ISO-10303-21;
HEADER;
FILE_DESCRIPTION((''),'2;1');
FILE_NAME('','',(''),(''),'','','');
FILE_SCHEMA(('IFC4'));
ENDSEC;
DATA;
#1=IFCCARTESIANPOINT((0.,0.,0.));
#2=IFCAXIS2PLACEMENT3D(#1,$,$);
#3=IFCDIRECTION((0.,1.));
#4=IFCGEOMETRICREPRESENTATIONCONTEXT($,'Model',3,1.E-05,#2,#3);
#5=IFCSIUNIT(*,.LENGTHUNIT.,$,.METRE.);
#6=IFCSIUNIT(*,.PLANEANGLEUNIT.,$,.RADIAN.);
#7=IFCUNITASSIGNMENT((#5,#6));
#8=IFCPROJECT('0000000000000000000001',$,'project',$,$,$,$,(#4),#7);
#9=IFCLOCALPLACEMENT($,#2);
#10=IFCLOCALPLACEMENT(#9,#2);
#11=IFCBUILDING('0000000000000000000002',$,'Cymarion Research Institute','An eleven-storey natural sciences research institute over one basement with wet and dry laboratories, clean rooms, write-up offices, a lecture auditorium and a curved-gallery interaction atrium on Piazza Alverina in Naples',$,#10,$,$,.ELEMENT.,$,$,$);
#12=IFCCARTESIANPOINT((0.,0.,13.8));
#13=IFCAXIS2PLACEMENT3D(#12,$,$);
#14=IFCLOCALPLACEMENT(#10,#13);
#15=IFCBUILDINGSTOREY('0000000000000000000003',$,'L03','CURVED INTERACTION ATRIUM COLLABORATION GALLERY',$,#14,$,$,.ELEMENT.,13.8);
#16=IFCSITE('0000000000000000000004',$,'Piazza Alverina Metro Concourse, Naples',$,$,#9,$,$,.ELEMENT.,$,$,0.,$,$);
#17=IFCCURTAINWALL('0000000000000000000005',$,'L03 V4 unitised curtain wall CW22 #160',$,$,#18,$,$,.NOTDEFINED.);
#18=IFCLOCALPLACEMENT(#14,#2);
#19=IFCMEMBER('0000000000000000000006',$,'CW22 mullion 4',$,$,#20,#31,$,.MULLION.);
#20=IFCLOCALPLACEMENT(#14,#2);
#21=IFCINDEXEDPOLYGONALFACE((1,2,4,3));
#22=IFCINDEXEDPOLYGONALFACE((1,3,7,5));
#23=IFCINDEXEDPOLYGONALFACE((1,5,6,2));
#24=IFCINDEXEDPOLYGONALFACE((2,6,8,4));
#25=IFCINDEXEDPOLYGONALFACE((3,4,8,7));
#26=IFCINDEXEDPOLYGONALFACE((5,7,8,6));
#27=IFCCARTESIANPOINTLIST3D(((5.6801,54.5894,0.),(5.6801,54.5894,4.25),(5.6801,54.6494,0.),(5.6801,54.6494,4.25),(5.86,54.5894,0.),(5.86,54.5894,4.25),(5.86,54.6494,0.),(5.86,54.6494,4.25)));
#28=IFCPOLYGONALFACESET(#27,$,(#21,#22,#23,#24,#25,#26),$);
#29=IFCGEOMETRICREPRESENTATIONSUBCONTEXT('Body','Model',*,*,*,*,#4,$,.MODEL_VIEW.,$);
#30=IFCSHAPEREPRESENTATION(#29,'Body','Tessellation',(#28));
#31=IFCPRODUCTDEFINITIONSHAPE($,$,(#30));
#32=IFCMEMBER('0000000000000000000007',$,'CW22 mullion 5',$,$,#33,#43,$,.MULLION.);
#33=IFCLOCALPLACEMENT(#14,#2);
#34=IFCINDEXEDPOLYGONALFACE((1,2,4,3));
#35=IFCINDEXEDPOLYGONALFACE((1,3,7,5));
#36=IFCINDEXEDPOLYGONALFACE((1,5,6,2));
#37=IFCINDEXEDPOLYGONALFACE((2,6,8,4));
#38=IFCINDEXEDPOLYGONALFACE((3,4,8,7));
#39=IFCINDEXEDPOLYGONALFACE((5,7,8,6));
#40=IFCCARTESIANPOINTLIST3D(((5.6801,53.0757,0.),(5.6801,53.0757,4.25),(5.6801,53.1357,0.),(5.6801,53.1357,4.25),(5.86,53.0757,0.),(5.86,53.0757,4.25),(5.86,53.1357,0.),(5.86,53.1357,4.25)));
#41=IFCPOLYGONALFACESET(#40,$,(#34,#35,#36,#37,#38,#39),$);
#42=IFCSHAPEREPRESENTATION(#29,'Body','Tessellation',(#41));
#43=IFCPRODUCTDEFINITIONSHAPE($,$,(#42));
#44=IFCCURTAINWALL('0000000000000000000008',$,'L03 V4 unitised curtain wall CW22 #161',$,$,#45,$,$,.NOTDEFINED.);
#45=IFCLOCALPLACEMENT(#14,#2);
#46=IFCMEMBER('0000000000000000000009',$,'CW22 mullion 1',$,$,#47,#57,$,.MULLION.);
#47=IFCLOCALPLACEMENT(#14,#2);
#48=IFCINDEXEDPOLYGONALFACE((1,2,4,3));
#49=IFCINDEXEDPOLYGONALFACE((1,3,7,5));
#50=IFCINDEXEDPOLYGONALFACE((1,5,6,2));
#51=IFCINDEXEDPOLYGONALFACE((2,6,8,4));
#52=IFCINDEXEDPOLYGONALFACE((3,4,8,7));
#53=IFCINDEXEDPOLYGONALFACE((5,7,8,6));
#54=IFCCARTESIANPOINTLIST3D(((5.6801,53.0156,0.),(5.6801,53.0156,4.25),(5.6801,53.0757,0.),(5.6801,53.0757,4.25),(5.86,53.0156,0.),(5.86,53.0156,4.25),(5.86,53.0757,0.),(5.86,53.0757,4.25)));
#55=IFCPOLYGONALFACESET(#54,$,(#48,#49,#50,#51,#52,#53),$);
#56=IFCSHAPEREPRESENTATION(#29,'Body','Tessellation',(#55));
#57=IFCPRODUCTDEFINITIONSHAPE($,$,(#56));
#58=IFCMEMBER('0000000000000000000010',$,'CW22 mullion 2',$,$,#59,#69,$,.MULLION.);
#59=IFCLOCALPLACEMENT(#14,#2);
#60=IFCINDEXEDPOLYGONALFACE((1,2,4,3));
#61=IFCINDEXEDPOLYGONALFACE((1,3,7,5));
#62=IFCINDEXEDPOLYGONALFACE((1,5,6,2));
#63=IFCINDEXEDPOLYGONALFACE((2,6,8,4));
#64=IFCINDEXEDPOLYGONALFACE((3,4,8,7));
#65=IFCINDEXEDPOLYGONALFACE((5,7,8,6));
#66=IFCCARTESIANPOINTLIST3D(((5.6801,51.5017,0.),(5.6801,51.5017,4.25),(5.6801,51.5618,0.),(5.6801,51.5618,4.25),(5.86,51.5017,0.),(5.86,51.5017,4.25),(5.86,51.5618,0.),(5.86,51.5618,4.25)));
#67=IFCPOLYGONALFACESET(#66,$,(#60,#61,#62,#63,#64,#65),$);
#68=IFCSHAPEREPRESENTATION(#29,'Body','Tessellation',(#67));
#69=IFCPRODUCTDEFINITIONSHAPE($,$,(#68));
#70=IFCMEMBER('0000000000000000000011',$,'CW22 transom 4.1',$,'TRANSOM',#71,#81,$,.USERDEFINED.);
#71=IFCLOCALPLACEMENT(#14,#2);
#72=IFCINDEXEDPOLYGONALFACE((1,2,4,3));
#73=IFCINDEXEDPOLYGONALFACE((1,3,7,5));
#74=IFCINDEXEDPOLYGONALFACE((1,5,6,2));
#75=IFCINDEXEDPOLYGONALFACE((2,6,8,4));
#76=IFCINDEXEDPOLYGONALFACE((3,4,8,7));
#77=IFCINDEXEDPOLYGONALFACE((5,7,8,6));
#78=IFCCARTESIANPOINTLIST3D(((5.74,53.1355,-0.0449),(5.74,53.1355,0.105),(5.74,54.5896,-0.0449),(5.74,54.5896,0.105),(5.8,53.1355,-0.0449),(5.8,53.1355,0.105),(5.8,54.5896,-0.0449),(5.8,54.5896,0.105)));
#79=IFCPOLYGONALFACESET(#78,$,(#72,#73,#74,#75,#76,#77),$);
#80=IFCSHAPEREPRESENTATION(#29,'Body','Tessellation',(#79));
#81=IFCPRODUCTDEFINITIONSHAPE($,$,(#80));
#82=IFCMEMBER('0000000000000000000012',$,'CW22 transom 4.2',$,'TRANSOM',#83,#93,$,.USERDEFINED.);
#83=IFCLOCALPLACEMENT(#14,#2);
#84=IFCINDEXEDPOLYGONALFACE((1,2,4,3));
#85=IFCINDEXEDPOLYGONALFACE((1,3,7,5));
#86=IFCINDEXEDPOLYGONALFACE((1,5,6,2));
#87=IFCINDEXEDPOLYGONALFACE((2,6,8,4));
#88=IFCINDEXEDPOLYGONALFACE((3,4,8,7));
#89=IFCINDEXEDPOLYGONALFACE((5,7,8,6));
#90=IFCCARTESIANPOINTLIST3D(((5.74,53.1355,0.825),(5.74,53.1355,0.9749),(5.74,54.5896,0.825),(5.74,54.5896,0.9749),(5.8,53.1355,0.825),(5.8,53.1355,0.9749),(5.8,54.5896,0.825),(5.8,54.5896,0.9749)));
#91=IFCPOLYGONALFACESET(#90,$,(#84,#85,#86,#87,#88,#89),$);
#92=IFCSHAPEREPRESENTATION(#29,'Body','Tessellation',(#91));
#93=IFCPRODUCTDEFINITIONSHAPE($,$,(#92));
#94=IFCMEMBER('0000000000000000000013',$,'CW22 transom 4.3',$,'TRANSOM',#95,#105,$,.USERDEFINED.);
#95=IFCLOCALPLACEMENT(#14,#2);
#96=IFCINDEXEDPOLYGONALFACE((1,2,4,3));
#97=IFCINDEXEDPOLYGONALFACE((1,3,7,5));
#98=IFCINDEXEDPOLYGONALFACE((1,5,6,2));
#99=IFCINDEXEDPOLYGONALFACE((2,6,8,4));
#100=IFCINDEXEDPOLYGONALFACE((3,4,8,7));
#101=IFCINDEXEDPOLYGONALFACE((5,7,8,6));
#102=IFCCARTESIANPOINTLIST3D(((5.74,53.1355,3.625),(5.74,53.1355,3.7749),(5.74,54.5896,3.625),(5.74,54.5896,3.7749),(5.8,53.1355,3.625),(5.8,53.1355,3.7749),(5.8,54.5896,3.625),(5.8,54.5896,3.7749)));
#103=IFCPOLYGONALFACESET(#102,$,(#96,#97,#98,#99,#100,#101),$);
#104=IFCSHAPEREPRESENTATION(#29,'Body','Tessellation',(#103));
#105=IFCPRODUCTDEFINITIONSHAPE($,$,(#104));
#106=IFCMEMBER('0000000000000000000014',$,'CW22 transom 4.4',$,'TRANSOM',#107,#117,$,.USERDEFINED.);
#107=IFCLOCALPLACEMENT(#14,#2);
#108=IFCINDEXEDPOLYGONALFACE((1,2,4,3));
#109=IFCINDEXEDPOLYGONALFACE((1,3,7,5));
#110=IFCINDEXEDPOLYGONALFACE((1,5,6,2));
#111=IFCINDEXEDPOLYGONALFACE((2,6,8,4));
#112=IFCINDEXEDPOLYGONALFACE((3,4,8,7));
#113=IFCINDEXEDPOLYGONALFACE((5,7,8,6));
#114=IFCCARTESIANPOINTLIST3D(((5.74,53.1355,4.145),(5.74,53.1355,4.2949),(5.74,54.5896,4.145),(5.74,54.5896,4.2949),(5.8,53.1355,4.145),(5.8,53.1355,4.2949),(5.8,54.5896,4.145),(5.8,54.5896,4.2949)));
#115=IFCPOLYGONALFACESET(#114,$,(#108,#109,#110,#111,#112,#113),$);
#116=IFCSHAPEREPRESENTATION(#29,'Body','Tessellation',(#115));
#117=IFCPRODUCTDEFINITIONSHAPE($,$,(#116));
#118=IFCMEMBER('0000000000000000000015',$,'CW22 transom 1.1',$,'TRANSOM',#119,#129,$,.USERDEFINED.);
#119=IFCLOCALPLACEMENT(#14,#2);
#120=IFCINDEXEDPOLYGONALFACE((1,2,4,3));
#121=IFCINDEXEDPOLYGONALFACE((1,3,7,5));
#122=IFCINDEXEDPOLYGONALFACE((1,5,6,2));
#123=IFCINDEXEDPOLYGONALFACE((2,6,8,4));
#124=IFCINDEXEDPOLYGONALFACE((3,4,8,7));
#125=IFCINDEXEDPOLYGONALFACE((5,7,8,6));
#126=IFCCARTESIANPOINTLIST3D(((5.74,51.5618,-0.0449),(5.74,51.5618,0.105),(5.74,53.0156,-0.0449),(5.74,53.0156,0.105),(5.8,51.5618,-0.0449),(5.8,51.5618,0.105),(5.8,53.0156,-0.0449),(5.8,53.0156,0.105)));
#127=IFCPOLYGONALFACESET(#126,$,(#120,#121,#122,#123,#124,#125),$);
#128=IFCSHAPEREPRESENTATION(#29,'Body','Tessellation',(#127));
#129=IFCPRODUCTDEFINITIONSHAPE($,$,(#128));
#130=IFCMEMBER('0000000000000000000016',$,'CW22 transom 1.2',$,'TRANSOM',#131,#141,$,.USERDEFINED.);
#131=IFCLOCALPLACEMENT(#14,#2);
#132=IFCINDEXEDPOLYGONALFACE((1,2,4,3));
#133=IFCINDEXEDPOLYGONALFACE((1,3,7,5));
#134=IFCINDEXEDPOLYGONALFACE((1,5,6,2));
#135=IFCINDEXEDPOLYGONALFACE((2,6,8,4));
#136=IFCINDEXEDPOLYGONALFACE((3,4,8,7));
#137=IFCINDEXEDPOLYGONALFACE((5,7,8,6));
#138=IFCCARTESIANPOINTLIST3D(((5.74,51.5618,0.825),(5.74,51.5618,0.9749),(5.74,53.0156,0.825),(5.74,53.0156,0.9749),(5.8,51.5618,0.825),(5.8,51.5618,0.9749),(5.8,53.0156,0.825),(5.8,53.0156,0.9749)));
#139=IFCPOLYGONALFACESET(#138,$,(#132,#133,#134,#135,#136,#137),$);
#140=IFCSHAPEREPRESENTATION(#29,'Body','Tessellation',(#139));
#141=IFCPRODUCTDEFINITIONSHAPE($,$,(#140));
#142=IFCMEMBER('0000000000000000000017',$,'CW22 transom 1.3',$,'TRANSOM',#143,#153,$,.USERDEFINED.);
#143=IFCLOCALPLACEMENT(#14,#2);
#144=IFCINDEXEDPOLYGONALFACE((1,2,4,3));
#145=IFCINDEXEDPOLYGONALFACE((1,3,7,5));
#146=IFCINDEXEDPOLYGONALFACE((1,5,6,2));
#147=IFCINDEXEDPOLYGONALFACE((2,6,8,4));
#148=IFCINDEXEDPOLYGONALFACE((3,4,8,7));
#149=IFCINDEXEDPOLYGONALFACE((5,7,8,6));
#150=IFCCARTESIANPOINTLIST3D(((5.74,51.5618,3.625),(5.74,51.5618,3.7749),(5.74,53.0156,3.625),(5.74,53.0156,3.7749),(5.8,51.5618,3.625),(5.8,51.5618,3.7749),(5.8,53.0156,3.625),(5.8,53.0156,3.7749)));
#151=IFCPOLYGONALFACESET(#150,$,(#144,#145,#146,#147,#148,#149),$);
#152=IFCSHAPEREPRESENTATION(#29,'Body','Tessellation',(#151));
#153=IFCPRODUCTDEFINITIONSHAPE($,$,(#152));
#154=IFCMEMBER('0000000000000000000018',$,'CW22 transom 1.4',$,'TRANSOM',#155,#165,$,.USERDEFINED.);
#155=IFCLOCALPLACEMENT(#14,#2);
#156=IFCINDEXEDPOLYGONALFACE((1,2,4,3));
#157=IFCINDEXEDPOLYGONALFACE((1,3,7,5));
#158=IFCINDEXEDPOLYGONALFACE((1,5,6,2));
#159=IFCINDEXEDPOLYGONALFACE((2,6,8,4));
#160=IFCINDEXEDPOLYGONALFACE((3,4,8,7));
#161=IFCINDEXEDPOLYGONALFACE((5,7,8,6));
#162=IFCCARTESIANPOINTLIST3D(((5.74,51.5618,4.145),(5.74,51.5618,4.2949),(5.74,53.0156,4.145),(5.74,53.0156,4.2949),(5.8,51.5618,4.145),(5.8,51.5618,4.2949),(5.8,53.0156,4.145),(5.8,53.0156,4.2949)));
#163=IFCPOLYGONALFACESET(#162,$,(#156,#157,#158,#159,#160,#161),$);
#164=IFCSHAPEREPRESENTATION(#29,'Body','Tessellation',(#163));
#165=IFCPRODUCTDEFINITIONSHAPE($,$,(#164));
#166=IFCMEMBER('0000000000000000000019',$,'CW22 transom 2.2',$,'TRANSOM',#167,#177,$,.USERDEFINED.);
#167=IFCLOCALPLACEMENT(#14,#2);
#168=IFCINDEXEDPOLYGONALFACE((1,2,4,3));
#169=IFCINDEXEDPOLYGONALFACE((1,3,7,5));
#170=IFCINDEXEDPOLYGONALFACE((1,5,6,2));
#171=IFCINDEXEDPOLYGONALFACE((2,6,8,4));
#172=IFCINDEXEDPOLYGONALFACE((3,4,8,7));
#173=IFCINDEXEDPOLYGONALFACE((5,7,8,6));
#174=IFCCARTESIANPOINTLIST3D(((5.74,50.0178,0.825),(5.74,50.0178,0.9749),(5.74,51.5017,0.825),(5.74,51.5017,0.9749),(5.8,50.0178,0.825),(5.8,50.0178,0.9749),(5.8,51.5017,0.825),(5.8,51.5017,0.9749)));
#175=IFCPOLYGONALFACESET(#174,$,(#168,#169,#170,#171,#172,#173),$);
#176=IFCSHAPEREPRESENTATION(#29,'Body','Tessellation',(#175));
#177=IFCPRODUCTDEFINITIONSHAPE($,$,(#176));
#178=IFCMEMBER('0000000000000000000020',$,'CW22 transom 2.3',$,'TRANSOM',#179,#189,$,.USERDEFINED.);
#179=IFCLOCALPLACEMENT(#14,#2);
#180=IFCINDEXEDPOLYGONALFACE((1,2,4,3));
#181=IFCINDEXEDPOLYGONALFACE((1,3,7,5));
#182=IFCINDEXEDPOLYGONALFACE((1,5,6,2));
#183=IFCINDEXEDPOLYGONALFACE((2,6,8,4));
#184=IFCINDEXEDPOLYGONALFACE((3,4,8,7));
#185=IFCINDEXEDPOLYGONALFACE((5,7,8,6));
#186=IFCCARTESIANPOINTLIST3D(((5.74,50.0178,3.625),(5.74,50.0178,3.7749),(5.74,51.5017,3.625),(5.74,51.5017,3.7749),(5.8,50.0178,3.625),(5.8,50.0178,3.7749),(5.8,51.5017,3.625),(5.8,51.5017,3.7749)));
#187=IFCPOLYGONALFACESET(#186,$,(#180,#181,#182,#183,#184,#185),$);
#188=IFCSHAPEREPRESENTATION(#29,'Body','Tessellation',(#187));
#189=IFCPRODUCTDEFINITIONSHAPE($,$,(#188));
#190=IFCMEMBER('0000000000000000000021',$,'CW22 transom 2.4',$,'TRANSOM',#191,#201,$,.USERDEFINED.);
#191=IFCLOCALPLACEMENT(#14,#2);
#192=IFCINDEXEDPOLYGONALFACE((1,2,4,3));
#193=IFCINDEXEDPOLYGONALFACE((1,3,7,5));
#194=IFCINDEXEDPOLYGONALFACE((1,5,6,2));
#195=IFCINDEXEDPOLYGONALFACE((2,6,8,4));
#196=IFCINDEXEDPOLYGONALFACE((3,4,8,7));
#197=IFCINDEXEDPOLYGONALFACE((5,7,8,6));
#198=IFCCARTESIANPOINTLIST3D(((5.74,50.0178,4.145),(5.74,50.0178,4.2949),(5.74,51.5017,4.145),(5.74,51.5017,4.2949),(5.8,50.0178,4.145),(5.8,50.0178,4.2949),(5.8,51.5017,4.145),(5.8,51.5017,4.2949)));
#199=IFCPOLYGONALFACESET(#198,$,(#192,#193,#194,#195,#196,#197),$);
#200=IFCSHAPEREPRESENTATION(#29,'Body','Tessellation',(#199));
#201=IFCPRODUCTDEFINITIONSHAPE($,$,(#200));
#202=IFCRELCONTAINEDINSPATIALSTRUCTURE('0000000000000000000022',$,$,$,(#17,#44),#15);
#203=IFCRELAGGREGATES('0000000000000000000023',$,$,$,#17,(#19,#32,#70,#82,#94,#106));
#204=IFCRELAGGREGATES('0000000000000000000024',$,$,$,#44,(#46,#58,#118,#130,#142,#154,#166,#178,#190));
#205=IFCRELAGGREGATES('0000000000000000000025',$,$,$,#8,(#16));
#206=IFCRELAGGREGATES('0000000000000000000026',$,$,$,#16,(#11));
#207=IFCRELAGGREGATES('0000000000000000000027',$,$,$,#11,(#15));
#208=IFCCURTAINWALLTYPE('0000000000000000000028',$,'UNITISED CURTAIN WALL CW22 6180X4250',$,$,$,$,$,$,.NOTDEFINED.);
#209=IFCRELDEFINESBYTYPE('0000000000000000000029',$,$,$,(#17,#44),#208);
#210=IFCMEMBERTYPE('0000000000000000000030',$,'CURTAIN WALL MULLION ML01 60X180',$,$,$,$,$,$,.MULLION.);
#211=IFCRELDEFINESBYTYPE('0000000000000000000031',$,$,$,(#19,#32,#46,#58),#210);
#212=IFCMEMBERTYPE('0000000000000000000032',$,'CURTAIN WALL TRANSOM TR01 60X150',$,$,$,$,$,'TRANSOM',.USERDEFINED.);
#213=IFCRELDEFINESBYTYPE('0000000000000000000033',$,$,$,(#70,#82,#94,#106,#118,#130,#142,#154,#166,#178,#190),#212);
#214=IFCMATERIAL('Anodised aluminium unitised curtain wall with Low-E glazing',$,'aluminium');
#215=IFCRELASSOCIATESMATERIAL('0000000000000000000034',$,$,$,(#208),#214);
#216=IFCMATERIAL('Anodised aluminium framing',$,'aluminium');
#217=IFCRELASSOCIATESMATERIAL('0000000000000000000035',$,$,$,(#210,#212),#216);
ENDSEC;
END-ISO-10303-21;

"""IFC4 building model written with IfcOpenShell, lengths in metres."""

from ifc_helpers import new_model, si_unit, direction, frame, origin, origin_2d, place, context, subcontext, project, spatial, rectangle, extrude, material, material_profile, profile_set, type_object, element, aggregate, save


model = new_model("IFC4")

# Units and contexts
model_context = context("Model", 3, precision=1e-05, world=origin(), true_north=direction((0.0, 1.0)))
body_context = subcontext(model_context, "Body", "Model", "MODEL_VIEW")
ifc_project = project(units=[si_unit("LENGTHUNIT", "METRE"), si_unit("PLANEANGLEUNIT", "RADIAN")], contexts=[model_context])

# Site, building, storey
site_placement = place(None, origin())
site = spatial("IfcSite", under=ifc_project, at=site_placement, Name="Piazza Alverina Metro Concourse, Naples", CompositionType="ELEMENT", RefElevation=0.0)
building_placement = place(site_placement, origin())
building = spatial("IfcBuilding", under=site, at=building_placement, Name="Cymarion Research Institute", Description="An eleven-storey natural sciences research institute over one basement with wet and dry laboratories, clean rooms, write-up offices, a lecture auditorium and a curved-gallery interaction atrium on Piazza Alverina in Naples", CompositionType="ELEMENT")
storey_placement = place(building_placement, frame((0.0, 0.0, 13.8)))
storey = spatial("IfcBuildingStorey", under=building, at=storey_placement, Name="L03", Description="CURVED INTERACTION ATRIUM COLLABORATION GALLERY", CompositionType="ELEMENT", Elevation=13.8)

# Curtain walls, members
ifc_material_1 = material(Name="Anodised aluminium unitised curtain wall with Low-E glazing", Category="aluminium")
curtain_wall_type = type_object("IfcCurtainWallType", Name="UNITISED CURTAIN WALL CW22 6180X4250", PredefinedType="NOTDEFINED", material=ifc_material_1)
curtain_wall_1_placement = place(storey_placement, origin())
curtain_wall_1 = element("IfcCurtainWall", 1, at=curtain_wall_1_placement, inside=storey, type_object=curtain_wall_type, Name="L03 V4 unitised curtain wall CW22 #160", PredefinedType="NOTDEFINED")
ifc_material_2 = material(Name="Anodised aluminium framing", Category="aluminium")
ifc_material_profile_1 = material_profile(ifc_material_2, rectangle(XDim=0.0601, YDim=0.1799, at=origin_2d()), Name="ALU MULLION 60x180")
ifc_profile_set_1 = profile_set([ifc_material_profile_1], Name="Anodised aluminium framing")
member_type_1 = type_object("IfcMemberType", Name="CURTAIN WALL MULLION ML01 60X180", PredefinedType="MULLION", material=ifc_profile_set_1)
member_1_placement = place(storey_placement, frame((5.77, 54.6194, 0.0), z_axis=(0.0, 0.0, 1.0), x_axis=(0.0, -1.0, 0.0)))
member_1 = element("IfcMember", 2, at=member_1_placement, type_object=member_type_1, Name="CW22 mullion 4", PredefinedType="MULLION", context=body_context, shape_type="SweptSolid", body=[
    extrude(rectangle(XDim=0.0601, YDim=0.1799, at=origin_2d()), origin(), (0.0, 0.0, 1.0), 4.25),
])
member_2_placement = place(storey_placement, frame((5.77, 53.1057, 0.0), z_axis=(0.0, 0.0, 1.0), x_axis=(0.0, -1.0, 0.0)))
member_2 = element("IfcMember", 3, at=member_2_placement, type_object=member_type_1, Name="CW22 mullion 5", PredefinedType="MULLION", context=body_context, shape_type="SweptSolid", body=[
    extrude(rectangle(XDim=0.0601, YDim=0.1799, at=origin_2d()), origin(), (0.0, 0.0, 1.0), 4.25),
])
curtain_wall_2_placement = place(storey_placement, origin())
curtain_wall_2 = element("IfcCurtainWall", 4, at=curtain_wall_2_placement, inside=storey, type_object=curtain_wall_type, Name="L03 V4 unitised curtain wall CW22 #161", PredefinedType="NOTDEFINED")
member_3_placement = place(storey_placement, frame((5.77, 53.0457, 0.0), z_axis=(0.0, 0.0, 1.0), x_axis=(0.0, -1.0, 0.0)))
member_3 = element("IfcMember", 5, at=member_3_placement, type_object=member_type_1, Name="CW22 mullion 1", PredefinedType="MULLION", context=body_context, shape_type="SweptSolid", body=[
    extrude(rectangle(XDim=0.0601, YDim=0.1799, at=origin_2d()), origin(), (0.0, 0.0, 1.0), 4.25),
])
member_4_placement = place(storey_placement, frame((5.77, 51.5317, 0.0), z_axis=(0.0, 0.0, 1.0), x_axis=(0.0, -1.0, 0.0)))
member_4 = element("IfcMember", 6, at=member_4_placement, type_object=member_type_1, Name="CW22 mullion 2", PredefinedType="MULLION", context=body_context, shape_type="SweptSolid", body=[
    extrude(rectangle(XDim=0.0601, YDim=0.1799, at=origin_2d()), origin(), (0.0, 0.0, 1.0), 4.25),
])

# Members
ifc_material_profile_2 = material_profile(ifc_material_2, rectangle(XDim=0.0601, YDim=0.1499, at=origin_2d()), Name="ALU TRANSOM 60x150")
ifc_profile_set_2 = profile_set([ifc_material_profile_2], Name="Anodised aluminium framing")
member_type_2 = type_object("IfcMemberType", Name="CURTAIN WALL TRANSOM TR01 60X150", ElementType="TRANSOM", PredefinedType="USERDEFINED", material=ifc_profile_set_2)
member_5_placement = place(storey_placement, frame((5.77, 54.5896, 0.03), z_axis=(0.0, -1.0, 0.0), x_axis=(1.0, 0.0, 0.0)))
member_5 = element("IfcMember", 7, at=member_5_placement, type_object=member_type_2, Name="CW22 transom 4.1", ObjectType="TRANSOM", PredefinedType="USERDEFINED", context=body_context, shape_type="SweptSolid", body=[
    extrude(rectangle(XDim=0.0601, YDim=0.1499, at=origin_2d()), origin(), (0.0, 0.0, 1.0), 1.4541),
])
member_6_placement = place(storey_placement, frame((5.77, 54.5896, 0.8999), z_axis=(0.0, -1.0, 0.0), x_axis=(1.0, 0.0, 0.0)))
member_6 = element("IfcMember", 8, at=member_6_placement, type_object=member_type_2, Name="CW22 transom 4.2", ObjectType="TRANSOM", PredefinedType="USERDEFINED", context=body_context, shape_type="SweptSolid", body=[
    extrude(rectangle(XDim=0.0601, YDim=0.1499, at=origin_2d()), origin(), (0.0, 0.0, 1.0), 1.4541),
])
member_7_placement = place(storey_placement, frame((5.77, 54.5896, 3.7), z_axis=(0.0, -1.0, 0.0), x_axis=(1.0, 0.0, 0.0)))
member_7 = element("IfcMember", 9, at=member_7_placement, type_object=member_type_2, Name="CW22 transom 4.3", ObjectType="TRANSOM", PredefinedType="USERDEFINED", context=body_context, shape_type="SweptSolid", body=[
    extrude(rectangle(XDim=0.0601, YDim=0.1499, at=origin_2d()), origin(), (0.0, 0.0, 1.0), 1.4541),
])
member_8_placement = place(storey_placement, frame((5.77, 54.5896, 4.22), z_axis=(0.0, -1.0, 0.0), x_axis=(1.0, 0.0, 0.0)))
member_8 = element("IfcMember", 10, at=member_8_placement, type_object=member_type_2, Name="CW22 transom 4.4", ObjectType="TRANSOM", PredefinedType="USERDEFINED", context=body_context, shape_type="SweptSolid", body=[
    extrude(rectangle(XDim=0.0601, YDim=0.1499, at=origin_2d()), origin(), (0.0, 0.0, 1.0), 1.4541),
])
member_9_placement = place(storey_placement, frame((5.77, 53.0156, 0.03), z_axis=(0.0, -1.0, 0.0), x_axis=(1.0, 0.0, 0.0)))
member_9 = element("IfcMember", 11, at=member_9_placement, type_object=member_type_2, Name="CW22 transom 1.1", ObjectType="TRANSOM", PredefinedType="USERDEFINED", context=body_context, shape_type="SweptSolid", body=[
    extrude(rectangle(XDim=0.0601, YDim=0.1499, at=origin_2d()), origin(), (0.0, 0.0, 1.0), 1.4539),
])
member_10_placement = place(storey_placement, frame((5.77, 53.0156, 0.8999), z_axis=(0.0, -1.0, 0.0), x_axis=(1.0, 0.0, 0.0)))
member_10 = element("IfcMember", 12, at=member_10_placement, type_object=member_type_2, Name="CW22 transom 1.2", ObjectType="TRANSOM", PredefinedType="USERDEFINED", context=body_context, shape_type="SweptSolid", body=[
    extrude(rectangle(XDim=0.0601, YDim=0.1499, at=origin_2d()), origin(), (0.0, 0.0, 1.0), 1.4539),
])
member_11_placement = place(storey_placement, frame((5.77, 53.0156, 3.7), z_axis=(0.0, -1.0, 0.0), x_axis=(1.0, 0.0, 0.0)))
member_11 = element("IfcMember", 13, at=member_11_placement, type_object=member_type_2, Name="CW22 transom 1.3", ObjectType="TRANSOM", PredefinedType="USERDEFINED", context=body_context, shape_type="SweptSolid", body=[
    extrude(rectangle(XDim=0.0601, YDim=0.1499, at=origin_2d()), origin(), (0.0, 0.0, 1.0), 1.4539),
])
member_12_placement = place(storey_placement, frame((5.77, 53.0156, 4.22), z_axis=(0.0, -1.0, 0.0), x_axis=(1.0, 0.0, 0.0)))
member_12 = element("IfcMember", 14, at=member_12_placement, type_object=member_type_2, Name="CW22 transom 1.4", ObjectType="TRANSOM", PredefinedType="USERDEFINED", context=body_context, shape_type="SweptSolid", body=[
    extrude(rectangle(XDim=0.0601, YDim=0.1499, at=origin_2d()), origin(), (0.0, 0.0, 1.0), 1.4539),
])
member_13_placement = place(storey_placement, frame((5.77, 51.5017, 0.8999), z_axis=(0.0, -1.0, 0.0), x_axis=(1.0, 0.0, 0.0)))
member_13 = element("IfcMember", 15, at=member_13_placement, type_object=member_type_2, Name="CW22 transom 2.2", ObjectType="TRANSOM", PredefinedType="USERDEFINED", context=body_context, shape_type="SweptSolid", body=[
    extrude(rectangle(XDim=0.0601, YDim=0.1499, at=origin_2d()), origin(), (0.0, 0.0, 1.0), 1.4839),
])
member_14_placement = place(storey_placement, frame((5.77, 51.5017, 3.7), z_axis=(0.0, -1.0, 0.0), x_axis=(1.0, 0.0, 0.0)))
member_14 = element("IfcMember", 16, at=member_14_placement, type_object=member_type_2, Name="CW22 transom 2.3", ObjectType="TRANSOM", PredefinedType="USERDEFINED", context=body_context, shape_type="SweptSolid", body=[
    extrude(rectangle(XDim=0.0601, YDim=0.1499, at=origin_2d()), origin(), (0.0, 0.0, 1.0), 1.4839),
])
member_15_placement = place(storey_placement, frame((5.77, 51.5017, 4.22), z_axis=(0.0, -1.0, 0.0), x_axis=(1.0, 0.0, 0.0)))
member_15 = element("IfcMember", 17, at=member_15_placement, type_object=member_type_2, Name="CW22 transom 2.4", ObjectType="TRANSOM", PredefinedType="USERDEFINED", context=body_context, shape_type="SweptSolid", body=[
    extrude(rectangle(XDim=0.0601, YDim=0.1499, at=origin_2d()), origin(), (0.0, 0.0, 1.0), 1.4839),
])

aggregate(curtain_wall_1, [member_1, member_2, member_5, member_6, member_7, member_8])
aggregate(curtain_wall_2, [member_3, member_4, member_9, member_10, member_11, member_12, member_13, member_14, member_15])

save(model, "model.ifc")
